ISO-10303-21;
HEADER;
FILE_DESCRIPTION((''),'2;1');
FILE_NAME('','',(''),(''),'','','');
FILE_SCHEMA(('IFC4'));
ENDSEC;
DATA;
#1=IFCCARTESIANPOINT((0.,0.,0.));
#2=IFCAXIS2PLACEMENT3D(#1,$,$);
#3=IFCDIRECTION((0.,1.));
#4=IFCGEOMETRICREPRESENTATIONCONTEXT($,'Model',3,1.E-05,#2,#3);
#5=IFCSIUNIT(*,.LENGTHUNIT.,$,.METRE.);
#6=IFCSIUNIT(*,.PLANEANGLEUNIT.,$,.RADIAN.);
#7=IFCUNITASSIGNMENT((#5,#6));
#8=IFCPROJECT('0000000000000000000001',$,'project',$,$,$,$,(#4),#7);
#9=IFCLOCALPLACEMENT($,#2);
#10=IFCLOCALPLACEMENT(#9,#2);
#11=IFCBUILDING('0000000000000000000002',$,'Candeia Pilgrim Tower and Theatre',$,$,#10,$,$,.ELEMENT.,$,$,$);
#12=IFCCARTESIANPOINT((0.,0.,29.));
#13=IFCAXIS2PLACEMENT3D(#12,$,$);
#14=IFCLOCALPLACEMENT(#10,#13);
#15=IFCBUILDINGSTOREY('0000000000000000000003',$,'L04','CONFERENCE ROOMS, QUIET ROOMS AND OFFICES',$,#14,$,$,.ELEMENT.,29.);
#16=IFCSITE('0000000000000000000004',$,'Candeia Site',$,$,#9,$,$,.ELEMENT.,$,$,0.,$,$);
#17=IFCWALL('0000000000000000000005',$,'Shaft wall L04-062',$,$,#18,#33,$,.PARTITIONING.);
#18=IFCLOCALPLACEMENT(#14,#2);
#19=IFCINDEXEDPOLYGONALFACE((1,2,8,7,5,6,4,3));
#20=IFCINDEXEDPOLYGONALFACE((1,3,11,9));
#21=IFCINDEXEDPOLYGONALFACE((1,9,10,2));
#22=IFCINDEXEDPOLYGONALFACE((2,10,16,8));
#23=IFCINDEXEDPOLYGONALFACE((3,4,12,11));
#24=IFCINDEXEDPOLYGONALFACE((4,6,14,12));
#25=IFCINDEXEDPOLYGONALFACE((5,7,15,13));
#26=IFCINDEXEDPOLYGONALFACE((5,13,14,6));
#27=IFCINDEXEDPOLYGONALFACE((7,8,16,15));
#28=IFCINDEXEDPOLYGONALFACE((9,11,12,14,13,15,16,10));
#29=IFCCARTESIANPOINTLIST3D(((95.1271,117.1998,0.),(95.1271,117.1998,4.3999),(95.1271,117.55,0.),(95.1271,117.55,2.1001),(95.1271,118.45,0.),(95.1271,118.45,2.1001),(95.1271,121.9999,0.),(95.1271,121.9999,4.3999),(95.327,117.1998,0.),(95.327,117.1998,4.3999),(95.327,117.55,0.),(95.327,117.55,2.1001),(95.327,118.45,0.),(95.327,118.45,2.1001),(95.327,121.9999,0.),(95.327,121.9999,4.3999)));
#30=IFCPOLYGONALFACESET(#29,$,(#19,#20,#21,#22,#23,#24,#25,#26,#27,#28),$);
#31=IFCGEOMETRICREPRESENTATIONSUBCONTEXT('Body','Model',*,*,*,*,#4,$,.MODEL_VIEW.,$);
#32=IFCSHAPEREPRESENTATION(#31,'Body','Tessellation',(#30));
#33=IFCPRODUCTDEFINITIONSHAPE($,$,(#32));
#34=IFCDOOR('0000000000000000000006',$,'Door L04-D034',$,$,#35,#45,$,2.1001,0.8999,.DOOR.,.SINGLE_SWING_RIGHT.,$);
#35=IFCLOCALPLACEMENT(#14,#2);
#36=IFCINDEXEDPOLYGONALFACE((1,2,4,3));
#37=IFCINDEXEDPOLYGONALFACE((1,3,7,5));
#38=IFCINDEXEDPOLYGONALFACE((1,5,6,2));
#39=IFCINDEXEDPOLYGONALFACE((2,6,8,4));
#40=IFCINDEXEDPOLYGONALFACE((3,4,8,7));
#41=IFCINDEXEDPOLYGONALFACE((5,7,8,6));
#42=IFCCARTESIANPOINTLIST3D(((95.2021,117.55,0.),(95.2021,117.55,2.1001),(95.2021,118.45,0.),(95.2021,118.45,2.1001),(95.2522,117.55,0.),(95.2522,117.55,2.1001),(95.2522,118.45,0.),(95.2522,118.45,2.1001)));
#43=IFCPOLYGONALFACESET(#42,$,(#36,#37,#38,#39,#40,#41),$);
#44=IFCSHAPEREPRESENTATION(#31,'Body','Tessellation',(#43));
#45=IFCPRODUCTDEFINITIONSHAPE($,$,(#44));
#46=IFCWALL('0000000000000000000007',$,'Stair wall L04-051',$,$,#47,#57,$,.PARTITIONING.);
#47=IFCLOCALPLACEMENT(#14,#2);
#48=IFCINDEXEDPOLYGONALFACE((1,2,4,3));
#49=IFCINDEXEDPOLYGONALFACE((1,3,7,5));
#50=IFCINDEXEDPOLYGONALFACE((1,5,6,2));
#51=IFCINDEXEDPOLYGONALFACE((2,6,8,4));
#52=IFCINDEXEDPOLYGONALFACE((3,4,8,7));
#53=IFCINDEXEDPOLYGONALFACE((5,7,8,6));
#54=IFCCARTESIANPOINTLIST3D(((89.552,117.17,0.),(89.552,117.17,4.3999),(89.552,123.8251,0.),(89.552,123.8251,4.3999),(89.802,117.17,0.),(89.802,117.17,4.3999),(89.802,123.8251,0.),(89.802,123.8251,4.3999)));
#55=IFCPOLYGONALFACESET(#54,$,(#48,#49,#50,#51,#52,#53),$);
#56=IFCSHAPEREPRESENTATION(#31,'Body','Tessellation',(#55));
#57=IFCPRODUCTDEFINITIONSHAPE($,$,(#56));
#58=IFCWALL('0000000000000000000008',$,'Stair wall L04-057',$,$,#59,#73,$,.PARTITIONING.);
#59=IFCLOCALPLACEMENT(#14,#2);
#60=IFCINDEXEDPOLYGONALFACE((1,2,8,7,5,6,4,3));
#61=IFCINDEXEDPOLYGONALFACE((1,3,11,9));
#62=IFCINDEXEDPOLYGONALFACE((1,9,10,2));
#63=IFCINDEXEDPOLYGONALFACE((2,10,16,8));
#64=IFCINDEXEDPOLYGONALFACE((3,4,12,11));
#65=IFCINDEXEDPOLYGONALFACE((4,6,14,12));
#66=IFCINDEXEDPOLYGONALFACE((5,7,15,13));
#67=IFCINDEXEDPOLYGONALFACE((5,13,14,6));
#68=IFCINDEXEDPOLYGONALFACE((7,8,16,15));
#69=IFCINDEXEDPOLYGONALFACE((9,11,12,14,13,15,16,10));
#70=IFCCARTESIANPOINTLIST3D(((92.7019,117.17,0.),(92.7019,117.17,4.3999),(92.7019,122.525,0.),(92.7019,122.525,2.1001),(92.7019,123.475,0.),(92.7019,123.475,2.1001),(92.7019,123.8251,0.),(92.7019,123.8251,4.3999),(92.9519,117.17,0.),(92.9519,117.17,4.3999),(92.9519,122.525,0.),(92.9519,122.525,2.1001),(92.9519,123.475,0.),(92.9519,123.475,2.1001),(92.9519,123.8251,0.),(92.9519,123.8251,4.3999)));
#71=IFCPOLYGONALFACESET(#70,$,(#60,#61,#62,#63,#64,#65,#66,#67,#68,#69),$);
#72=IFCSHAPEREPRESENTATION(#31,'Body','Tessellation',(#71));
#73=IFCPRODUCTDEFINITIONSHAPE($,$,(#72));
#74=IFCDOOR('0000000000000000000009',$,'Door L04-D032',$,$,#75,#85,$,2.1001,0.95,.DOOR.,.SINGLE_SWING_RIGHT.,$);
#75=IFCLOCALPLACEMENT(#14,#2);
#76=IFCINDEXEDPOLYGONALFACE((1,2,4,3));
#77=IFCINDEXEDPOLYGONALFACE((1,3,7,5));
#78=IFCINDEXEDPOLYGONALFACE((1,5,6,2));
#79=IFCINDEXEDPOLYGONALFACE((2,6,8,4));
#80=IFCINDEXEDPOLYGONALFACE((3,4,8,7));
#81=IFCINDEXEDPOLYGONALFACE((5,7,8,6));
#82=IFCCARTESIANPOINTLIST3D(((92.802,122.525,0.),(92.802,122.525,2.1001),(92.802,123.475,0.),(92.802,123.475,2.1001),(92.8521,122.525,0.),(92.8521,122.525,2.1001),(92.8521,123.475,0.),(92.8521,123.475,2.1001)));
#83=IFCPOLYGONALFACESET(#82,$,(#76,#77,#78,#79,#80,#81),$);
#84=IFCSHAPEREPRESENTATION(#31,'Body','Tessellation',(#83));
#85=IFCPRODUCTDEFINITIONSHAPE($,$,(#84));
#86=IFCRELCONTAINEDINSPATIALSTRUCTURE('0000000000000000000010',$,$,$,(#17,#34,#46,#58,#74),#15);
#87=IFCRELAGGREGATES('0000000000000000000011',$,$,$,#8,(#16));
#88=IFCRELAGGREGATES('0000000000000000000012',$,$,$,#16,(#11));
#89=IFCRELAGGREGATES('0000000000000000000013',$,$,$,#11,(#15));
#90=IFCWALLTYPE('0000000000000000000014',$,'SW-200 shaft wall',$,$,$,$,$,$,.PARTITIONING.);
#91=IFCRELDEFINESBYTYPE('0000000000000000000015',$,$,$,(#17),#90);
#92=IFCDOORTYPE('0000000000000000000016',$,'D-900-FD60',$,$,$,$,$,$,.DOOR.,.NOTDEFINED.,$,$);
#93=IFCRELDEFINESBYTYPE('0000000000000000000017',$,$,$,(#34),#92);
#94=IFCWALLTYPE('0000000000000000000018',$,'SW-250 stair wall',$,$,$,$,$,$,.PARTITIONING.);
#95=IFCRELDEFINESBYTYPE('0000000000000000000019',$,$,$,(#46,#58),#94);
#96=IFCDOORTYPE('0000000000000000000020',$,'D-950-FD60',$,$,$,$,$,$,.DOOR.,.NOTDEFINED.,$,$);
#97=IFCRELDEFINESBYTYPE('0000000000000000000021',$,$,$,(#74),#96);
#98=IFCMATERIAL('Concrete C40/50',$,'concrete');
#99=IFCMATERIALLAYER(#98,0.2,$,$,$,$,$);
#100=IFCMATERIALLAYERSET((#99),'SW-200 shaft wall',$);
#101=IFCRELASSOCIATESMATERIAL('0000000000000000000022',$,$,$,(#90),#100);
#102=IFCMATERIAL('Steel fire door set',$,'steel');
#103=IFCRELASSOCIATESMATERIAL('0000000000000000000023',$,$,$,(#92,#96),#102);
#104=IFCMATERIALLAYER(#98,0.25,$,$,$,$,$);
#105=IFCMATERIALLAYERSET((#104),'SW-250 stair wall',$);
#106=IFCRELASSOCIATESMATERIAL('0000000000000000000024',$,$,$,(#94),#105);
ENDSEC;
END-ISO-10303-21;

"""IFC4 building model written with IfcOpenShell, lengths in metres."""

from ifc_helpers import new_model, si_unit, direction, frame, frame_2d, origin, place, context, subcontext, project, spatial, rectangle, extrude, material, layer, layer_set, type_object, element, fill, save


model = new_model("IFC4")

# Units and contexts
model_context = context("Model", 3, precision=1e-05, world=origin(), true_north=direction((0.0, 1.0)))
body_context = subcontext(model_context, "Body", "Model", "MODEL_VIEW")
ifc_project = project(units=[si_unit("LENGTHUNIT", "METRE"), si_unit("PLANEANGLEUNIT", "RADIAN")], contexts=[model_context])

# Site, building, storey
site_placement = place(None, origin())
site = spatial("IfcSite", under=ifc_project, at=site_placement, Name="Candeia Site", CompositionType="ELEMENT", RefElevation=0.0)
building_placement = place(site_placement, origin())
building = spatial("IfcBuilding", under=site, at=building_placement, Name="Candeia Pilgrim Tower and Theatre", CompositionType="ELEMENT")
storey_placement = place(building_placement, frame((0.0, 0.0, 29.0)))
storey = spatial("IfcBuildingStorey", under=building, at=storey_placement, Name="L04", Description="CONFERENCE ROOMS, QUIET ROOMS AND OFFICES", CompositionType="ELEMENT", Elevation=29.0)

# Shared definitions
ifc_material_1 = material(Name="Steel fire door set", Category="steel")

# Shared definitions
ifc_material_2 = material(Name="Concrete C40/50", Category="concrete")
ifc_layer_1 = layer(ifc_material_2, 0.2)
ifc_layer_set_1 = layer_set([ifc_layer_1], Name="SW-200 shaft wall")
wall_type_1 = type_object("IfcWallType", Name="SW-200 shaft wall", PredefinedType="PARTITIONING", material=ifc_layer_set_1)

# Shared definitions
door_type_1 = type_object("IfcDoorType", Name="D-900-FD60", OperationType="NOTDEFINED", PredefinedType="DOOR", material=ifc_material_1)

# Wall, opening, door
wall_1_placement = place(storey_placement, frame((95.2271, 117.2, 0.0), z_axis=(0.0, 0.0, 1.0), x_axis=(0.0, 1.0, 0.0)))
wall_1 = element("IfcWall", 1, at=wall_1_placement, inside=storey, type_object=wall_type_1, Name="Shaft wall L04-062", PredefinedType="PARTITIONING", context=body_context, shape_type="SweptSolid", body=[
    extrude(rectangle(XDim=4.8, YDim=0.2, at=frame_2d((2.3999, 0.0))), origin(), (0.0, 0.0, 1.0), 4.3999),
])
opening_1_placement = place(wall_1_placement, frame((0.3501, 0.0, 0.0)))
opening_1 = element("IfcOpeningElement", 2, at=opening_1_placement, cuts=wall_1, PredefinedType="OPENING", context=body_context, shape_type="SweptSolid", body=[
    extrude(rectangle(XDim=0.8999, YDim=2.1001, at=frame_2d((0.45, 1.05))), frame((0.0, 0.1099, 0.0), z_axis=(0.0, -1.0, 0.0), x_axis=(1.0, 0.0, 0.0)), (0.0, 0.0, 1.0), 0.22),
])
door_1_placement = place(opening_1_placement, origin())
door_1 = element("IfcDoor", 3, at=door_1_placement, inside=storey, type_object=door_type_1, Name="Door L04-D034", OperationType="SINGLE_SWING_RIGHT", OverallHeight=2.1001, OverallWidth=0.8999, PredefinedType="DOOR", context=body_context, shape_type="SweptSolid", body=[
    extrude(rectangle(XDim=0.8999, YDim=2.1001, at=frame_2d((0.45, 1.05))), frame((0.0, 0.0249, 0.0), z_axis=(0.0, -1.0, 0.0), x_axis=(1.0, 0.0, 0.0)), (0.0, 0.0, 1.0), 0.05),
])
fill(opening_1, door_1)

# Wall
ifc_layer_2 = layer(ifc_material_2, 0.25)
ifc_layer_set_2 = layer_set([ifc_layer_2], Name="SW-250 stair wall")
wall_type_2 = type_object("IfcWallType", Name="SW-250 stair wall", PredefinedType="PARTITIONING", material=ifc_layer_set_2)
wall_2_placement = place(storey_placement, frame((89.677, 117.1699, 0.0), z_axis=(0.0, 0.0, 1.0), x_axis=(0.0, 1.0, 0.0)))
element("IfcWall", 4, at=wall_2_placement, inside=storey, type_object=wall_type_2, Name="Stair wall L04-051", PredefinedType="PARTITIONING", context=body_context, shape_type="SweptSolid", body=[
    extrude(rectangle(XDim=6.655, YDim=0.25, at=frame_2d((3.3276, 0.0))), origin(), (0.0, 0.0, 1.0), 4.3999),
])

# Wall, opening, door
wall_3_placement = place(storey_placement, frame((92.8269, 117.1699, 0.0), z_axis=(0.0, 0.0, 1.0), x_axis=(0.0, 1.0, 0.0)))
wall_3 = element("IfcWall", 5, at=wall_3_placement, inside=storey, type_object=wall_type_2, Name="Stair wall L04-057", PredefinedType="PARTITIONING", context=body_context, shape_type="SweptSolid", body=[
    extrude(rectangle(XDim=6.655, YDim=0.25, at=frame_2d((3.3276, 0.0))), origin(), (0.0, 0.0, 1.0), 4.3999),
])
opening_2_placement = place(wall_3_placement, frame((5.355, 0.0, 0.0)))
opening_2 = element("IfcOpeningElement", 6, at=opening_2_placement, cuts=wall_3, PredefinedType="OPENING", context=body_context, shape_type="SweptSolid", body=[
    extrude(rectangle(XDim=0.95, YDim=2.1001, at=frame_2d((0.4751, 1.05))), frame((0.0, 0.135, 0.0), z_axis=(0.0, -1.0, 0.0), x_axis=(1.0, 0.0, 0.0)), (0.0, 0.0, 1.0), 0.27),
])
door_type_2 = type_object("IfcDoorType", Name="D-950-FD60", OperationType="NOTDEFINED", PredefinedType="DOOR", material=ifc_material_1)
door_2_placement = place(opening_2_placement, origin())
door_2 = element("IfcDoor", 7, at=door_2_placement, inside=storey, type_object=door_type_2, Name="Door L04-D032", OperationType="SINGLE_SWING_RIGHT", OverallHeight=2.1001, OverallWidth=0.95, PredefinedType="DOOR", context=body_context, shape_type="SweptSolid", body=[
    extrude(rectangle(XDim=0.95, YDim=2.1001, at=frame_2d((0.4751, 1.05))), frame((0.0, 0.0249, 0.0), z_axis=(0.0, -1.0, 0.0), x_axis=(1.0, 0.0, 0.0)), (0.0, 0.0, 1.0), 0.05),
])
fill(opening_2, door_2)

save(model, "model.ifc")
